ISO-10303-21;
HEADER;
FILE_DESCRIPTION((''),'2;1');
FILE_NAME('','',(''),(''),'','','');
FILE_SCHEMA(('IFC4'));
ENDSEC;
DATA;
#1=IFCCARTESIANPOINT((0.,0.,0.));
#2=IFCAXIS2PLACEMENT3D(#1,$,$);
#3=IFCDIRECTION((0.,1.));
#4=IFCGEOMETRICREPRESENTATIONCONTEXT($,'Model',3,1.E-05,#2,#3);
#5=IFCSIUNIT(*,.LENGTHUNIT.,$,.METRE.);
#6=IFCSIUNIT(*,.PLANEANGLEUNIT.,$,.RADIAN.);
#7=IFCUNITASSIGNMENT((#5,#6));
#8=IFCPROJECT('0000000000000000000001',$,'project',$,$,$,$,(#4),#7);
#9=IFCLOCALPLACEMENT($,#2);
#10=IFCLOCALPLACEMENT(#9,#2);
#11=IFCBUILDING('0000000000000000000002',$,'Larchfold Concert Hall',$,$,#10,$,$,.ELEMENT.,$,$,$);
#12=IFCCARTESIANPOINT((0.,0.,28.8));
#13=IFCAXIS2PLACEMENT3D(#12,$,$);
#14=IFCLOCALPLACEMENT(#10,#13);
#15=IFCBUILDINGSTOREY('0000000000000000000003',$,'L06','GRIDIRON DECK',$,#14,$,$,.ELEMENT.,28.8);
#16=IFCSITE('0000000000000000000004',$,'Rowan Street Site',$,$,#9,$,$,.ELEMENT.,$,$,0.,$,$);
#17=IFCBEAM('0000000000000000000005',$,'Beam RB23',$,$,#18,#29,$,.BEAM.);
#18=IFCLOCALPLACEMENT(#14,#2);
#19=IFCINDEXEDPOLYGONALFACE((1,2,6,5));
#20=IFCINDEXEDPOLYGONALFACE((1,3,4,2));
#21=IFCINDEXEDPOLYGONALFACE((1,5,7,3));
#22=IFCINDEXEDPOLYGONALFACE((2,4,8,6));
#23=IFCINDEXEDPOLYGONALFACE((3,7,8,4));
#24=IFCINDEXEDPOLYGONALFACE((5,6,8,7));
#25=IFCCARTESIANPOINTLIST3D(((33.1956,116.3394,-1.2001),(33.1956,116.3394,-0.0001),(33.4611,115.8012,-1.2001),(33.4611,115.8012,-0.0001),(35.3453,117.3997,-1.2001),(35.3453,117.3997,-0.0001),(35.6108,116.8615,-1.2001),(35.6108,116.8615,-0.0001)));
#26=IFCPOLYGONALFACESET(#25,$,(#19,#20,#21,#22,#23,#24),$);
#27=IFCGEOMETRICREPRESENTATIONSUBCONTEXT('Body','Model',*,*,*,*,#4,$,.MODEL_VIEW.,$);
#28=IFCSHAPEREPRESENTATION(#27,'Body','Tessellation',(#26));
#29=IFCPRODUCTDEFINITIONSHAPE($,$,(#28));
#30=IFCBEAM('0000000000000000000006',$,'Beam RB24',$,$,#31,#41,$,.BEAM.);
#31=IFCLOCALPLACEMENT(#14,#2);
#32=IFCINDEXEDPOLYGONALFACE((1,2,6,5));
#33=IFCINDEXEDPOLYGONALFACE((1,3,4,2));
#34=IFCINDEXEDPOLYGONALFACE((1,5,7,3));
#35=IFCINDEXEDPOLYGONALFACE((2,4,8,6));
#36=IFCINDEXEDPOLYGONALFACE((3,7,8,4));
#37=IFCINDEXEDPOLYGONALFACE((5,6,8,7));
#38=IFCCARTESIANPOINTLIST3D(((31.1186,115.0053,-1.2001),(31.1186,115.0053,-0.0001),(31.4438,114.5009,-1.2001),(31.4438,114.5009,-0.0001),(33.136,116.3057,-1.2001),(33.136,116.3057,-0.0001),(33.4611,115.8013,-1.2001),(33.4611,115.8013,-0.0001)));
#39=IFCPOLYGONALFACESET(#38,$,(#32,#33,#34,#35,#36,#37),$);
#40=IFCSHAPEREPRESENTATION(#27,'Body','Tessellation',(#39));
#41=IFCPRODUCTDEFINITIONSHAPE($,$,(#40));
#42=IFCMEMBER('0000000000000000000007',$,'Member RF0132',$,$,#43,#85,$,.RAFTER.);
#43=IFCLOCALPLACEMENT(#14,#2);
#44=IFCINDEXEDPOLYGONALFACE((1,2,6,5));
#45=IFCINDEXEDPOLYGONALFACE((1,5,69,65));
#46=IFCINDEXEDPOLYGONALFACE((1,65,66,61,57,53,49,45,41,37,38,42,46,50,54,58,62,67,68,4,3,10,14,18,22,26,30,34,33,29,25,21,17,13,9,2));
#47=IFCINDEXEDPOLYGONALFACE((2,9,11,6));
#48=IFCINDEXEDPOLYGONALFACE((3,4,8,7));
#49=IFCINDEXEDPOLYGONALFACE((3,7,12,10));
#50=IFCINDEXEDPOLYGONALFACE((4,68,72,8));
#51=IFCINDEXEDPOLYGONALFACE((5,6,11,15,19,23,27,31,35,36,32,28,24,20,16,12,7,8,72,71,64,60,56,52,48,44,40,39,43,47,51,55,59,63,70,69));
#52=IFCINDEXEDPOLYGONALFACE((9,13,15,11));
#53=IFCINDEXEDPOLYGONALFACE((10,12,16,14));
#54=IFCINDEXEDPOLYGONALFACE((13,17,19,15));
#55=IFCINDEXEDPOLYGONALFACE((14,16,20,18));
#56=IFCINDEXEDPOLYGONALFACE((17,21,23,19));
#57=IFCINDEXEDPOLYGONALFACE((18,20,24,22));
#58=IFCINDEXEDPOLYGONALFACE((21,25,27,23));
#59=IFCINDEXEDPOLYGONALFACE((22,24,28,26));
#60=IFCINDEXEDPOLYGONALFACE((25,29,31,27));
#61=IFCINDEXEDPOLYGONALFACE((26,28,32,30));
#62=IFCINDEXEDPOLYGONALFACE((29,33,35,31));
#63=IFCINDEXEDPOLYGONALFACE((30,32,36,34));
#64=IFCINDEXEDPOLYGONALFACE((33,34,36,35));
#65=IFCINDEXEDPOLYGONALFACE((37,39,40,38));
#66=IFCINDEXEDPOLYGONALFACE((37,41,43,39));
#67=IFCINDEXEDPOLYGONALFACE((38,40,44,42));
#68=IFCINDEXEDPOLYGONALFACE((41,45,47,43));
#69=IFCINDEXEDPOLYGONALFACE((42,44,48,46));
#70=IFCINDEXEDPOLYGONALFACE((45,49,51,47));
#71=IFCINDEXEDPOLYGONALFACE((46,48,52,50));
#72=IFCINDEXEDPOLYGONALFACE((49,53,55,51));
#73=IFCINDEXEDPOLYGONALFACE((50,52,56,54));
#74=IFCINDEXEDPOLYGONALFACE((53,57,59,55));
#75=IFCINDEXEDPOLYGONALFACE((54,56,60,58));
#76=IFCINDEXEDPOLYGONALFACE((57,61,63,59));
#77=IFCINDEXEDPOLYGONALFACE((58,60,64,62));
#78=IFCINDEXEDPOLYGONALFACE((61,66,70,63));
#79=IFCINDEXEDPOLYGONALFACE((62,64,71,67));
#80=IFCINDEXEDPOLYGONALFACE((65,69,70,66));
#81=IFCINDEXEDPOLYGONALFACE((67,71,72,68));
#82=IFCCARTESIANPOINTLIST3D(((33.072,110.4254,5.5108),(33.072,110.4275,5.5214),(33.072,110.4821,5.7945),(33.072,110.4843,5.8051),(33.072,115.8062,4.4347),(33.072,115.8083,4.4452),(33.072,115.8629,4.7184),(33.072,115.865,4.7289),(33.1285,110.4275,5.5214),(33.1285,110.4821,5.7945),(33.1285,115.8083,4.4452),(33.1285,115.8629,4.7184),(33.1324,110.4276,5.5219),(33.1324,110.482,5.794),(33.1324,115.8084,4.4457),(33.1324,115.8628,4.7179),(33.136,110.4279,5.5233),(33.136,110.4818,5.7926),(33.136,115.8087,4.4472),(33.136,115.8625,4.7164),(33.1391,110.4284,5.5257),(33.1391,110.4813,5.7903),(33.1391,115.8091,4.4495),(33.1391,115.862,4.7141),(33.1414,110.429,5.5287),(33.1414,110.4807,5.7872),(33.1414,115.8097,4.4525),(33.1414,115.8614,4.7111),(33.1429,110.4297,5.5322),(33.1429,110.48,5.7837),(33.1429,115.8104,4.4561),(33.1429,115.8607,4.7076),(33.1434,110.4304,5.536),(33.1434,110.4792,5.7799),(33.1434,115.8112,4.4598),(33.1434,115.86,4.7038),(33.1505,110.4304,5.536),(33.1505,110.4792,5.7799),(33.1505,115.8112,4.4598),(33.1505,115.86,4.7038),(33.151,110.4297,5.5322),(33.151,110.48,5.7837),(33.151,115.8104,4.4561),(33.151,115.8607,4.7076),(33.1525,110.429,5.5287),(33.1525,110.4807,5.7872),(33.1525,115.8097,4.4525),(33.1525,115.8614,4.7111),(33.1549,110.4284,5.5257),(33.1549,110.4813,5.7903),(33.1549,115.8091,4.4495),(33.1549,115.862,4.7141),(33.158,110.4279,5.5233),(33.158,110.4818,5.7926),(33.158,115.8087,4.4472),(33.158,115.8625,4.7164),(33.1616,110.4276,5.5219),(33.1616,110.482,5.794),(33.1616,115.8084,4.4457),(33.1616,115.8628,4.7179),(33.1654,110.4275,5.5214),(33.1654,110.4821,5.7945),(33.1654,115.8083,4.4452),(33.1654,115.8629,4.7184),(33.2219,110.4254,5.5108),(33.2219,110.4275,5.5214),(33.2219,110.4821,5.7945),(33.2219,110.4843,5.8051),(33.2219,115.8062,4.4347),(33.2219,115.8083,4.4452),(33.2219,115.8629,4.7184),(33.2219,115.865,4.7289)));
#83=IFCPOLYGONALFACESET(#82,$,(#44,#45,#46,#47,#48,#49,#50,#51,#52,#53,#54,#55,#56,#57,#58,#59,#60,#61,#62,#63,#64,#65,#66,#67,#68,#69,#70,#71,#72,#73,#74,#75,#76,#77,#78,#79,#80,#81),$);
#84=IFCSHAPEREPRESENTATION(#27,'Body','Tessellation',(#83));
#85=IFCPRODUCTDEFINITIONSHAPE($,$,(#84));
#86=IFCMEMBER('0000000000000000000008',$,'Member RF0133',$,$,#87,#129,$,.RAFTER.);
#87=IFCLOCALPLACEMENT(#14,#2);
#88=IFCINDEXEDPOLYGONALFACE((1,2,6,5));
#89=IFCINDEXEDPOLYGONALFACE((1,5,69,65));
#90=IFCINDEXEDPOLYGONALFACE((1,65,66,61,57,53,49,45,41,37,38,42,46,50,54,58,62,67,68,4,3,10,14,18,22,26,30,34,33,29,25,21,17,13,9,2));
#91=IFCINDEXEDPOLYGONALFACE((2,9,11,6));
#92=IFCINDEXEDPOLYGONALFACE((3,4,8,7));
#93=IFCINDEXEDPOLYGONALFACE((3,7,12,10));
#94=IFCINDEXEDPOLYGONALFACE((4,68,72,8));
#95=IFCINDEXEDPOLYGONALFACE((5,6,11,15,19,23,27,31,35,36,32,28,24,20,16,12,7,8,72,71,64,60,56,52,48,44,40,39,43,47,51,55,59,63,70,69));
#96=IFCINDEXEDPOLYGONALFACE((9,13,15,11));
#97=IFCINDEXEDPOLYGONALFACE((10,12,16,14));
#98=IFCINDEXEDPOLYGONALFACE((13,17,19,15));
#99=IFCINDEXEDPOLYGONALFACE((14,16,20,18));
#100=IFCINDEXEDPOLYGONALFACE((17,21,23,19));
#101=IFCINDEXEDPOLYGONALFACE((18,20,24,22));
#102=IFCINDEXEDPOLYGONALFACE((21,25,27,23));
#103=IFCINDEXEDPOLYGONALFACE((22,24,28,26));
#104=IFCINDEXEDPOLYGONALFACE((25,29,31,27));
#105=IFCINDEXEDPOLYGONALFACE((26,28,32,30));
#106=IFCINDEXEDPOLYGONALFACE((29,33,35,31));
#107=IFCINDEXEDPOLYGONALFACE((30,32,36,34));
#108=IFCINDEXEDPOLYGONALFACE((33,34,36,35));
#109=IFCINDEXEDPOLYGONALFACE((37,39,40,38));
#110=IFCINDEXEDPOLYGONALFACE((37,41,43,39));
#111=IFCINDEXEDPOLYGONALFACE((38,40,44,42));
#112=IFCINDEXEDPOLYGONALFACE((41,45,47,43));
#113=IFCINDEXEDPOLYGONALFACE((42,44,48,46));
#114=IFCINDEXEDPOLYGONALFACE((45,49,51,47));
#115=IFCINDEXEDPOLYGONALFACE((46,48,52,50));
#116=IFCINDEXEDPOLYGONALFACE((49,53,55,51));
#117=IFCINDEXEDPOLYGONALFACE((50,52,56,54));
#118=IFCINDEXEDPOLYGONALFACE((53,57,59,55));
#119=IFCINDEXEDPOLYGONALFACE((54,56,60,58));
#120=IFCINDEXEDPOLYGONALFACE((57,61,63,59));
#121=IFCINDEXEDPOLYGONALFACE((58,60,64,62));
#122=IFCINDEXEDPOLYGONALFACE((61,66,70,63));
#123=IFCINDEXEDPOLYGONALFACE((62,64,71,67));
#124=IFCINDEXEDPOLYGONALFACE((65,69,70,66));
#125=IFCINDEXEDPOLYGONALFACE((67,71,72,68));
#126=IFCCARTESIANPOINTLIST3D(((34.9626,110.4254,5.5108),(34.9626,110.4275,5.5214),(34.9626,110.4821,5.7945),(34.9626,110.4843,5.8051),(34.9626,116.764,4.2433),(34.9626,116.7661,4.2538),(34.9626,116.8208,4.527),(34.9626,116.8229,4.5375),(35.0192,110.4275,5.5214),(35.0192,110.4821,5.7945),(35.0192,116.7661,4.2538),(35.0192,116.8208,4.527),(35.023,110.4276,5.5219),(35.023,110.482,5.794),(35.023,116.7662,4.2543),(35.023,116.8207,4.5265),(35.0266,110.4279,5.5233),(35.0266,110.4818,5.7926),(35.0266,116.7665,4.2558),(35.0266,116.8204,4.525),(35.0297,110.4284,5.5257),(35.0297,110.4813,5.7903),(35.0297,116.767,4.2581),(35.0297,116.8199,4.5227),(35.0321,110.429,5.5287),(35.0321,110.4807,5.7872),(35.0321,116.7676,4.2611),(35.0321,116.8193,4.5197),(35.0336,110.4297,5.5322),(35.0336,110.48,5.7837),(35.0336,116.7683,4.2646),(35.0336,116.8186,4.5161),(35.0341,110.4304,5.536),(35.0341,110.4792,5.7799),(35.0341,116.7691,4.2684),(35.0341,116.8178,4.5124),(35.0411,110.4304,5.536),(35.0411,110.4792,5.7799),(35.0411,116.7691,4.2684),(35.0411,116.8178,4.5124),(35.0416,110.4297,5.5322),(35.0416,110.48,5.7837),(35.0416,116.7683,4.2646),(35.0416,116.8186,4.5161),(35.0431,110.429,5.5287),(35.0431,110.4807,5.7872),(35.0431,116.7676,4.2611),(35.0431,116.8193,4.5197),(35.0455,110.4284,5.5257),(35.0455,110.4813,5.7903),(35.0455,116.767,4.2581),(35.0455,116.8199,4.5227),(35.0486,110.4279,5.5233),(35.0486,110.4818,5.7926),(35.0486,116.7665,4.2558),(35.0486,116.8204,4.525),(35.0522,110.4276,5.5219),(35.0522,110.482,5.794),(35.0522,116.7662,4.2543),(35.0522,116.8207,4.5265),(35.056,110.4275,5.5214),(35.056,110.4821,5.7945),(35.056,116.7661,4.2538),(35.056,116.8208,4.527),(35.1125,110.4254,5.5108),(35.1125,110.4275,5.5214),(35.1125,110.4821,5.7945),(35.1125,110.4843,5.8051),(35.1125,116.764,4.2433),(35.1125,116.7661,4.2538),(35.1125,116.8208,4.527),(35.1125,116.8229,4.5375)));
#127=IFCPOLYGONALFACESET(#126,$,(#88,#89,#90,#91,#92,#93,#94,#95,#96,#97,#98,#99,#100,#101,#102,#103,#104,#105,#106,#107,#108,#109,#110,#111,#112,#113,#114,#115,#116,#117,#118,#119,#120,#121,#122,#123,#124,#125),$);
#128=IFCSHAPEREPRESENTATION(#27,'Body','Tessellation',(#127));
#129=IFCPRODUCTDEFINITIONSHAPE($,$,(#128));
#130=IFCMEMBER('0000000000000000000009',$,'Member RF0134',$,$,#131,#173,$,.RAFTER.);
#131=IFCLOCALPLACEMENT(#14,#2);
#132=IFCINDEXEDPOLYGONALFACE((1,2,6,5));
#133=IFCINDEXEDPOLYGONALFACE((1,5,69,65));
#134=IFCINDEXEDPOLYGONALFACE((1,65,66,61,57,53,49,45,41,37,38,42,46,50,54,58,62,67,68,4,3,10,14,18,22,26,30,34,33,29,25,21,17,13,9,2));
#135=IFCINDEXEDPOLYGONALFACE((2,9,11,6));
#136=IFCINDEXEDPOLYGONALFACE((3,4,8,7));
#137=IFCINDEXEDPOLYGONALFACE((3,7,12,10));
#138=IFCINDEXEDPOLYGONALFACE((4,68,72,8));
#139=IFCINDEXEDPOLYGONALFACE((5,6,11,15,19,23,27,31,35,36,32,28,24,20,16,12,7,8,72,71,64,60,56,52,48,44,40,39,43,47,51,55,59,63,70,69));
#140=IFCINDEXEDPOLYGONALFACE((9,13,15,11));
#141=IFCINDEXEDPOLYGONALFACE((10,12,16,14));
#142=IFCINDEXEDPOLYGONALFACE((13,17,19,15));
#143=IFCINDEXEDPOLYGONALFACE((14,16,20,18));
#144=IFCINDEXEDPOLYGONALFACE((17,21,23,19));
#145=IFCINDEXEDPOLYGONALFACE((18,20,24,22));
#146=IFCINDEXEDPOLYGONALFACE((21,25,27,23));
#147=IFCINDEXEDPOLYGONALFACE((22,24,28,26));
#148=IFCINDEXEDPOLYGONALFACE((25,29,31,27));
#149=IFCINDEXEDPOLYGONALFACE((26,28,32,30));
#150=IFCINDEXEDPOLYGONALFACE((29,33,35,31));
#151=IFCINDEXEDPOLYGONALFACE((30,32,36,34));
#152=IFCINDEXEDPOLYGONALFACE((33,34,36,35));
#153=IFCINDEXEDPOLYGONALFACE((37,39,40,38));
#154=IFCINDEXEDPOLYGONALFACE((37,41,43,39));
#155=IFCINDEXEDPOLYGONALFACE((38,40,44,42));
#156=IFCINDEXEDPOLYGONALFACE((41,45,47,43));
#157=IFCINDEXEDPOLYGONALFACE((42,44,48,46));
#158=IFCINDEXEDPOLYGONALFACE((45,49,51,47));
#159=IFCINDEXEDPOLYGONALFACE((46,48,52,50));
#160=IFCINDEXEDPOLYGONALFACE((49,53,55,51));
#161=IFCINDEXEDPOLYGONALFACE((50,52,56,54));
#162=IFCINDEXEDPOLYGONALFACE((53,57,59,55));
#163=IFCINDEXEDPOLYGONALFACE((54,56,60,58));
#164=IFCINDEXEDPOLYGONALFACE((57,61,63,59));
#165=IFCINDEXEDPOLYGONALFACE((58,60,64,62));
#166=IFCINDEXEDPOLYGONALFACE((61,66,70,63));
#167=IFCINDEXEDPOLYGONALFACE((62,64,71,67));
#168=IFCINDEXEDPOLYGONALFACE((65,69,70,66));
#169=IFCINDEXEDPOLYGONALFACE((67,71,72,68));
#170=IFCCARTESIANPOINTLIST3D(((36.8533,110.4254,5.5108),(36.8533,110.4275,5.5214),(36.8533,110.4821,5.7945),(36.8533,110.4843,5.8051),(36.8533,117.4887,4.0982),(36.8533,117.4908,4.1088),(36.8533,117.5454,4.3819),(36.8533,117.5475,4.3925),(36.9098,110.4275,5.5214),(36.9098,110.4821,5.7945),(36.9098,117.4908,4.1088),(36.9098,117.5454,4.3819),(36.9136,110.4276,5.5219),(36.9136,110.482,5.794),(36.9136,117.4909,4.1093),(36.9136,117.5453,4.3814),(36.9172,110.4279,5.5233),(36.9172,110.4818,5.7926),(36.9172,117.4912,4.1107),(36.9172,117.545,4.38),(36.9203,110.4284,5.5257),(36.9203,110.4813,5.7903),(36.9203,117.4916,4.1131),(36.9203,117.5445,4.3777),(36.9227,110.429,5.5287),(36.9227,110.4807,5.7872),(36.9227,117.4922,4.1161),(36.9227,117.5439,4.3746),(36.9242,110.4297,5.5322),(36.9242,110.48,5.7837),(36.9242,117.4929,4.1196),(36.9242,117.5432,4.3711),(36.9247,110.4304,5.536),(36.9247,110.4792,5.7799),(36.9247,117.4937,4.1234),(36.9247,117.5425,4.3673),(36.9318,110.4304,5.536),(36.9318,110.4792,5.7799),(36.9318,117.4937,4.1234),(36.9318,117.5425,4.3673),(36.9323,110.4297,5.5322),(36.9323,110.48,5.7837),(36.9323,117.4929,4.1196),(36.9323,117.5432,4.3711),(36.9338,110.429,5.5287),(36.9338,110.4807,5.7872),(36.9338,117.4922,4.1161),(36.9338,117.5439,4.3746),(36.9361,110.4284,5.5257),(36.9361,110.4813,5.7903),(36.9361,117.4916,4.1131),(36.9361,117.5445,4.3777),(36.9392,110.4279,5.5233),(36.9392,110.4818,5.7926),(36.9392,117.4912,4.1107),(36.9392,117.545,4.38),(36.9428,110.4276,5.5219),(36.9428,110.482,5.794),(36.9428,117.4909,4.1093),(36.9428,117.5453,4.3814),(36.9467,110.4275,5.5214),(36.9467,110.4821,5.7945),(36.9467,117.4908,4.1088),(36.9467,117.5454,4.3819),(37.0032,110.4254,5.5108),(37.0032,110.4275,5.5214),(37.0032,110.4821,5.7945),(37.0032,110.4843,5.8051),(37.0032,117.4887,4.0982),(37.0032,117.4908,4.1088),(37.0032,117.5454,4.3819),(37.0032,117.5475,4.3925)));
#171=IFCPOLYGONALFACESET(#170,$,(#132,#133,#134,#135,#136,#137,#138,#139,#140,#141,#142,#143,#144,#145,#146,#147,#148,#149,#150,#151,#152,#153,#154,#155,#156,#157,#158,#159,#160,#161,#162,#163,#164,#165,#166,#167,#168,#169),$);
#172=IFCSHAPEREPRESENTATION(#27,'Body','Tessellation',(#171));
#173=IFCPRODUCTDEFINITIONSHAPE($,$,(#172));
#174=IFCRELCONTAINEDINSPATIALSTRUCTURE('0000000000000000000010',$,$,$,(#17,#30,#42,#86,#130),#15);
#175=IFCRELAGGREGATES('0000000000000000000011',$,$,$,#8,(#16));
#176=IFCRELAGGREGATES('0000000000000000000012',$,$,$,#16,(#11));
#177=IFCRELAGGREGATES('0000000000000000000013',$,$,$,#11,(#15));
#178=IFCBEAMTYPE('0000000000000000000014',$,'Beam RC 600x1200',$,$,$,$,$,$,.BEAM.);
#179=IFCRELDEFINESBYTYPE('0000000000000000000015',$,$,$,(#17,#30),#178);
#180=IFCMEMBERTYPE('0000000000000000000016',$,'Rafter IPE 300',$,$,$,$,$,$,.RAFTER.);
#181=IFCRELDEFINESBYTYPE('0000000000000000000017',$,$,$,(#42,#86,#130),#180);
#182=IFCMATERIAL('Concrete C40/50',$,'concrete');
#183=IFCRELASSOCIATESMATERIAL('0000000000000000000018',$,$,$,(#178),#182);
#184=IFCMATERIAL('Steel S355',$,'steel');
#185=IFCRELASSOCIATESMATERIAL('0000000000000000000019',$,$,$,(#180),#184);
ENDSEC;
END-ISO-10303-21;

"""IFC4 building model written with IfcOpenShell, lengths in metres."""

from ifc_helpers import new_model, si_unit, direction, frame, origin, origin_2d, place, context, subcontext, project, spatial, rectangle, i_section, extrude, material, material_profile, profile_set, type_object, element, save


model = new_model("IFC4")

# Units and contexts
model_context = context("Model", 3, precision=1e-05, world=origin(), true_north=direction((0.0, 1.0)))
body_context = subcontext(model_context, "Body", "Model", "MODEL_VIEW")
ifc_project = project(units=[si_unit("LENGTHUNIT", "METRE"), si_unit("PLANEANGLEUNIT", "RADIAN")], contexts=[model_context])

# Site, building, storey
site_placement = place(None, origin())
site = spatial("IfcSite", under=ifc_project, at=site_placement, Name="Rowan Street Site", CompositionType="ELEMENT", RefElevation=0.0)
building_placement = place(site_placement, origin())
building = spatial("IfcBuilding", under=site, at=building_placement, Name="Larchfold Concert Hall", CompositionType="ELEMENT")
storey_placement = place(building_placement, frame((0.0, 0.0, 28.8)))
storey = spatial("IfcBuildingStorey", under=building, at=storey_placement, Name="L06", Description="GRIDIRON DECK", CompositionType="ELEMENT", Elevation=28.8)

# Beams
ifc_material_1 = material(Name="Concrete C40/50", Category="concrete")
ifc_material_profile_1 = material_profile(ifc_material_1, rectangle(XDim=0.6001, YDim=1.2, at=origin_2d()))
ifc_profile_set_1 = profile_set([ifc_material_profile_1], Name="Concrete C40/50")
beam_type_1 = type_object("IfcBeamType", Name="Beam RC 600x1200", PredefinedType="BEAM", material=ifc_profile_set_1)
beam_1_placement = place(storey_placement, frame((35.478, 117.1306, -0.6001), z_axis=(-0.896838, -0.442359, 0.0), x_axis=(0.442359, -0.896838, 0.0)))
element("IfcBeam", 1, at=beam_1_placement, inside=storey, type_object=beam_type_1, Name="Beam RB23", PredefinedType="BEAM", context=body_context, shape_type="SweptSolid", body=[
    extrude(rectangle(XDim=0.6001, YDim=1.2, at=origin_2d()), origin(), (0.0, 0.0, 1.0), 2.397),
])
beam_2_placement = place(storey_placement, frame((33.2986, 116.0535, -0.6001), z_axis=(-0.840527, -0.54177, 0.0), x_axis=(0.54177, -0.840527, 0.0)))
element("IfcBeam", 2, at=beam_2_placement, inside=storey, type_object=beam_type_1, Name="Beam RB24", PredefinedType="BEAM", context=body_context, shape_type="SweptSolid", body=[
    extrude(rectangle(XDim=0.6001, YDim=1.2, at=origin_2d()), origin(), (0.0, 0.0, 1.0), 2.4001),
])

# Members
ifc_material_2 = material(Name="Steel S355", Category="steel")
ifc_material_profile_2 = material_profile(ifc_material_2, i_section(OverallWidth=0.1499, OverallDepth=0.3, WebThickness=0.0071, FlangeThickness=0.0107, FilletRadius=0.0149, at=origin_2d()))
ifc_profile_set_2 = profile_set([ifc_material_profile_2], Name="Steel S355")
member_type_1 = type_object("IfcMemberType", Name="Rafter IPE 300", PredefinedType="RAFTER", material=ifc_profile_set_2)
member_1_placement = place(storey_placement, frame((33.147, 110.4548, 5.658), z_axis=(0.0, 0.980581, -0.196116), x_axis=(-1.0, 0.0, 0.0)))
element("IfcMember", 3, at=member_1_placement, inside=storey, type_object=member_type_1, Name="Member RF0132", PredefinedType="RAFTER", context=body_context, shape_type="SweptSolid", body=[
    extrude(i_section(OverallWidth=0.1499, OverallDepth=0.3, WebThickness=0.0071, FlangeThickness=0.0107, FilletRadius=0.0149, at=origin_2d()), origin(), (0.0, 0.0, 1.0), 5.4873),
])
member_2_placement = place(storey_placement, frame((35.0376, 110.4548, 5.658), z_axis=(0.0, 0.980585, -0.196094), x_axis=(-1.0, 0.0, 0.0)))
element("IfcMember", 4, at=member_2_placement, inside=storey, type_object=member_type_1, Name="Member RF0133", PredefinedType="RAFTER", context=body_context, shape_type="SweptSolid", body=[
    extrude(i_section(OverallWidth=0.1499, OverallDepth=0.3, WebThickness=0.0071, FlangeThickness=0.0107, FilletRadius=0.0149, at=origin_2d()), origin(), (0.0, 0.0, 1.0), 6.4641),
])
member_3_placement = place(storey_placement, frame((36.9282, 110.4548, 5.658), z_axis=(0.0, 0.980582, -0.19611), x_axis=(-1.0, 0.0, 0.0)))
element("IfcMember", 5, at=member_3_placement, inside=storey, type_object=member_type_1, Name="Member RF0134", PredefinedType="RAFTER", context=body_context, shape_type="SweptSolid", body=[
    extrude(i_section(OverallWidth=0.1499, OverallDepth=0.3, WebThickness=0.0071, FlangeThickness=0.0107, FilletRadius=0.0149, at=origin_2d()), origin(), (0.0, 0.0, 1.0), 7.2031),
])

save(model, "model.ifc")
